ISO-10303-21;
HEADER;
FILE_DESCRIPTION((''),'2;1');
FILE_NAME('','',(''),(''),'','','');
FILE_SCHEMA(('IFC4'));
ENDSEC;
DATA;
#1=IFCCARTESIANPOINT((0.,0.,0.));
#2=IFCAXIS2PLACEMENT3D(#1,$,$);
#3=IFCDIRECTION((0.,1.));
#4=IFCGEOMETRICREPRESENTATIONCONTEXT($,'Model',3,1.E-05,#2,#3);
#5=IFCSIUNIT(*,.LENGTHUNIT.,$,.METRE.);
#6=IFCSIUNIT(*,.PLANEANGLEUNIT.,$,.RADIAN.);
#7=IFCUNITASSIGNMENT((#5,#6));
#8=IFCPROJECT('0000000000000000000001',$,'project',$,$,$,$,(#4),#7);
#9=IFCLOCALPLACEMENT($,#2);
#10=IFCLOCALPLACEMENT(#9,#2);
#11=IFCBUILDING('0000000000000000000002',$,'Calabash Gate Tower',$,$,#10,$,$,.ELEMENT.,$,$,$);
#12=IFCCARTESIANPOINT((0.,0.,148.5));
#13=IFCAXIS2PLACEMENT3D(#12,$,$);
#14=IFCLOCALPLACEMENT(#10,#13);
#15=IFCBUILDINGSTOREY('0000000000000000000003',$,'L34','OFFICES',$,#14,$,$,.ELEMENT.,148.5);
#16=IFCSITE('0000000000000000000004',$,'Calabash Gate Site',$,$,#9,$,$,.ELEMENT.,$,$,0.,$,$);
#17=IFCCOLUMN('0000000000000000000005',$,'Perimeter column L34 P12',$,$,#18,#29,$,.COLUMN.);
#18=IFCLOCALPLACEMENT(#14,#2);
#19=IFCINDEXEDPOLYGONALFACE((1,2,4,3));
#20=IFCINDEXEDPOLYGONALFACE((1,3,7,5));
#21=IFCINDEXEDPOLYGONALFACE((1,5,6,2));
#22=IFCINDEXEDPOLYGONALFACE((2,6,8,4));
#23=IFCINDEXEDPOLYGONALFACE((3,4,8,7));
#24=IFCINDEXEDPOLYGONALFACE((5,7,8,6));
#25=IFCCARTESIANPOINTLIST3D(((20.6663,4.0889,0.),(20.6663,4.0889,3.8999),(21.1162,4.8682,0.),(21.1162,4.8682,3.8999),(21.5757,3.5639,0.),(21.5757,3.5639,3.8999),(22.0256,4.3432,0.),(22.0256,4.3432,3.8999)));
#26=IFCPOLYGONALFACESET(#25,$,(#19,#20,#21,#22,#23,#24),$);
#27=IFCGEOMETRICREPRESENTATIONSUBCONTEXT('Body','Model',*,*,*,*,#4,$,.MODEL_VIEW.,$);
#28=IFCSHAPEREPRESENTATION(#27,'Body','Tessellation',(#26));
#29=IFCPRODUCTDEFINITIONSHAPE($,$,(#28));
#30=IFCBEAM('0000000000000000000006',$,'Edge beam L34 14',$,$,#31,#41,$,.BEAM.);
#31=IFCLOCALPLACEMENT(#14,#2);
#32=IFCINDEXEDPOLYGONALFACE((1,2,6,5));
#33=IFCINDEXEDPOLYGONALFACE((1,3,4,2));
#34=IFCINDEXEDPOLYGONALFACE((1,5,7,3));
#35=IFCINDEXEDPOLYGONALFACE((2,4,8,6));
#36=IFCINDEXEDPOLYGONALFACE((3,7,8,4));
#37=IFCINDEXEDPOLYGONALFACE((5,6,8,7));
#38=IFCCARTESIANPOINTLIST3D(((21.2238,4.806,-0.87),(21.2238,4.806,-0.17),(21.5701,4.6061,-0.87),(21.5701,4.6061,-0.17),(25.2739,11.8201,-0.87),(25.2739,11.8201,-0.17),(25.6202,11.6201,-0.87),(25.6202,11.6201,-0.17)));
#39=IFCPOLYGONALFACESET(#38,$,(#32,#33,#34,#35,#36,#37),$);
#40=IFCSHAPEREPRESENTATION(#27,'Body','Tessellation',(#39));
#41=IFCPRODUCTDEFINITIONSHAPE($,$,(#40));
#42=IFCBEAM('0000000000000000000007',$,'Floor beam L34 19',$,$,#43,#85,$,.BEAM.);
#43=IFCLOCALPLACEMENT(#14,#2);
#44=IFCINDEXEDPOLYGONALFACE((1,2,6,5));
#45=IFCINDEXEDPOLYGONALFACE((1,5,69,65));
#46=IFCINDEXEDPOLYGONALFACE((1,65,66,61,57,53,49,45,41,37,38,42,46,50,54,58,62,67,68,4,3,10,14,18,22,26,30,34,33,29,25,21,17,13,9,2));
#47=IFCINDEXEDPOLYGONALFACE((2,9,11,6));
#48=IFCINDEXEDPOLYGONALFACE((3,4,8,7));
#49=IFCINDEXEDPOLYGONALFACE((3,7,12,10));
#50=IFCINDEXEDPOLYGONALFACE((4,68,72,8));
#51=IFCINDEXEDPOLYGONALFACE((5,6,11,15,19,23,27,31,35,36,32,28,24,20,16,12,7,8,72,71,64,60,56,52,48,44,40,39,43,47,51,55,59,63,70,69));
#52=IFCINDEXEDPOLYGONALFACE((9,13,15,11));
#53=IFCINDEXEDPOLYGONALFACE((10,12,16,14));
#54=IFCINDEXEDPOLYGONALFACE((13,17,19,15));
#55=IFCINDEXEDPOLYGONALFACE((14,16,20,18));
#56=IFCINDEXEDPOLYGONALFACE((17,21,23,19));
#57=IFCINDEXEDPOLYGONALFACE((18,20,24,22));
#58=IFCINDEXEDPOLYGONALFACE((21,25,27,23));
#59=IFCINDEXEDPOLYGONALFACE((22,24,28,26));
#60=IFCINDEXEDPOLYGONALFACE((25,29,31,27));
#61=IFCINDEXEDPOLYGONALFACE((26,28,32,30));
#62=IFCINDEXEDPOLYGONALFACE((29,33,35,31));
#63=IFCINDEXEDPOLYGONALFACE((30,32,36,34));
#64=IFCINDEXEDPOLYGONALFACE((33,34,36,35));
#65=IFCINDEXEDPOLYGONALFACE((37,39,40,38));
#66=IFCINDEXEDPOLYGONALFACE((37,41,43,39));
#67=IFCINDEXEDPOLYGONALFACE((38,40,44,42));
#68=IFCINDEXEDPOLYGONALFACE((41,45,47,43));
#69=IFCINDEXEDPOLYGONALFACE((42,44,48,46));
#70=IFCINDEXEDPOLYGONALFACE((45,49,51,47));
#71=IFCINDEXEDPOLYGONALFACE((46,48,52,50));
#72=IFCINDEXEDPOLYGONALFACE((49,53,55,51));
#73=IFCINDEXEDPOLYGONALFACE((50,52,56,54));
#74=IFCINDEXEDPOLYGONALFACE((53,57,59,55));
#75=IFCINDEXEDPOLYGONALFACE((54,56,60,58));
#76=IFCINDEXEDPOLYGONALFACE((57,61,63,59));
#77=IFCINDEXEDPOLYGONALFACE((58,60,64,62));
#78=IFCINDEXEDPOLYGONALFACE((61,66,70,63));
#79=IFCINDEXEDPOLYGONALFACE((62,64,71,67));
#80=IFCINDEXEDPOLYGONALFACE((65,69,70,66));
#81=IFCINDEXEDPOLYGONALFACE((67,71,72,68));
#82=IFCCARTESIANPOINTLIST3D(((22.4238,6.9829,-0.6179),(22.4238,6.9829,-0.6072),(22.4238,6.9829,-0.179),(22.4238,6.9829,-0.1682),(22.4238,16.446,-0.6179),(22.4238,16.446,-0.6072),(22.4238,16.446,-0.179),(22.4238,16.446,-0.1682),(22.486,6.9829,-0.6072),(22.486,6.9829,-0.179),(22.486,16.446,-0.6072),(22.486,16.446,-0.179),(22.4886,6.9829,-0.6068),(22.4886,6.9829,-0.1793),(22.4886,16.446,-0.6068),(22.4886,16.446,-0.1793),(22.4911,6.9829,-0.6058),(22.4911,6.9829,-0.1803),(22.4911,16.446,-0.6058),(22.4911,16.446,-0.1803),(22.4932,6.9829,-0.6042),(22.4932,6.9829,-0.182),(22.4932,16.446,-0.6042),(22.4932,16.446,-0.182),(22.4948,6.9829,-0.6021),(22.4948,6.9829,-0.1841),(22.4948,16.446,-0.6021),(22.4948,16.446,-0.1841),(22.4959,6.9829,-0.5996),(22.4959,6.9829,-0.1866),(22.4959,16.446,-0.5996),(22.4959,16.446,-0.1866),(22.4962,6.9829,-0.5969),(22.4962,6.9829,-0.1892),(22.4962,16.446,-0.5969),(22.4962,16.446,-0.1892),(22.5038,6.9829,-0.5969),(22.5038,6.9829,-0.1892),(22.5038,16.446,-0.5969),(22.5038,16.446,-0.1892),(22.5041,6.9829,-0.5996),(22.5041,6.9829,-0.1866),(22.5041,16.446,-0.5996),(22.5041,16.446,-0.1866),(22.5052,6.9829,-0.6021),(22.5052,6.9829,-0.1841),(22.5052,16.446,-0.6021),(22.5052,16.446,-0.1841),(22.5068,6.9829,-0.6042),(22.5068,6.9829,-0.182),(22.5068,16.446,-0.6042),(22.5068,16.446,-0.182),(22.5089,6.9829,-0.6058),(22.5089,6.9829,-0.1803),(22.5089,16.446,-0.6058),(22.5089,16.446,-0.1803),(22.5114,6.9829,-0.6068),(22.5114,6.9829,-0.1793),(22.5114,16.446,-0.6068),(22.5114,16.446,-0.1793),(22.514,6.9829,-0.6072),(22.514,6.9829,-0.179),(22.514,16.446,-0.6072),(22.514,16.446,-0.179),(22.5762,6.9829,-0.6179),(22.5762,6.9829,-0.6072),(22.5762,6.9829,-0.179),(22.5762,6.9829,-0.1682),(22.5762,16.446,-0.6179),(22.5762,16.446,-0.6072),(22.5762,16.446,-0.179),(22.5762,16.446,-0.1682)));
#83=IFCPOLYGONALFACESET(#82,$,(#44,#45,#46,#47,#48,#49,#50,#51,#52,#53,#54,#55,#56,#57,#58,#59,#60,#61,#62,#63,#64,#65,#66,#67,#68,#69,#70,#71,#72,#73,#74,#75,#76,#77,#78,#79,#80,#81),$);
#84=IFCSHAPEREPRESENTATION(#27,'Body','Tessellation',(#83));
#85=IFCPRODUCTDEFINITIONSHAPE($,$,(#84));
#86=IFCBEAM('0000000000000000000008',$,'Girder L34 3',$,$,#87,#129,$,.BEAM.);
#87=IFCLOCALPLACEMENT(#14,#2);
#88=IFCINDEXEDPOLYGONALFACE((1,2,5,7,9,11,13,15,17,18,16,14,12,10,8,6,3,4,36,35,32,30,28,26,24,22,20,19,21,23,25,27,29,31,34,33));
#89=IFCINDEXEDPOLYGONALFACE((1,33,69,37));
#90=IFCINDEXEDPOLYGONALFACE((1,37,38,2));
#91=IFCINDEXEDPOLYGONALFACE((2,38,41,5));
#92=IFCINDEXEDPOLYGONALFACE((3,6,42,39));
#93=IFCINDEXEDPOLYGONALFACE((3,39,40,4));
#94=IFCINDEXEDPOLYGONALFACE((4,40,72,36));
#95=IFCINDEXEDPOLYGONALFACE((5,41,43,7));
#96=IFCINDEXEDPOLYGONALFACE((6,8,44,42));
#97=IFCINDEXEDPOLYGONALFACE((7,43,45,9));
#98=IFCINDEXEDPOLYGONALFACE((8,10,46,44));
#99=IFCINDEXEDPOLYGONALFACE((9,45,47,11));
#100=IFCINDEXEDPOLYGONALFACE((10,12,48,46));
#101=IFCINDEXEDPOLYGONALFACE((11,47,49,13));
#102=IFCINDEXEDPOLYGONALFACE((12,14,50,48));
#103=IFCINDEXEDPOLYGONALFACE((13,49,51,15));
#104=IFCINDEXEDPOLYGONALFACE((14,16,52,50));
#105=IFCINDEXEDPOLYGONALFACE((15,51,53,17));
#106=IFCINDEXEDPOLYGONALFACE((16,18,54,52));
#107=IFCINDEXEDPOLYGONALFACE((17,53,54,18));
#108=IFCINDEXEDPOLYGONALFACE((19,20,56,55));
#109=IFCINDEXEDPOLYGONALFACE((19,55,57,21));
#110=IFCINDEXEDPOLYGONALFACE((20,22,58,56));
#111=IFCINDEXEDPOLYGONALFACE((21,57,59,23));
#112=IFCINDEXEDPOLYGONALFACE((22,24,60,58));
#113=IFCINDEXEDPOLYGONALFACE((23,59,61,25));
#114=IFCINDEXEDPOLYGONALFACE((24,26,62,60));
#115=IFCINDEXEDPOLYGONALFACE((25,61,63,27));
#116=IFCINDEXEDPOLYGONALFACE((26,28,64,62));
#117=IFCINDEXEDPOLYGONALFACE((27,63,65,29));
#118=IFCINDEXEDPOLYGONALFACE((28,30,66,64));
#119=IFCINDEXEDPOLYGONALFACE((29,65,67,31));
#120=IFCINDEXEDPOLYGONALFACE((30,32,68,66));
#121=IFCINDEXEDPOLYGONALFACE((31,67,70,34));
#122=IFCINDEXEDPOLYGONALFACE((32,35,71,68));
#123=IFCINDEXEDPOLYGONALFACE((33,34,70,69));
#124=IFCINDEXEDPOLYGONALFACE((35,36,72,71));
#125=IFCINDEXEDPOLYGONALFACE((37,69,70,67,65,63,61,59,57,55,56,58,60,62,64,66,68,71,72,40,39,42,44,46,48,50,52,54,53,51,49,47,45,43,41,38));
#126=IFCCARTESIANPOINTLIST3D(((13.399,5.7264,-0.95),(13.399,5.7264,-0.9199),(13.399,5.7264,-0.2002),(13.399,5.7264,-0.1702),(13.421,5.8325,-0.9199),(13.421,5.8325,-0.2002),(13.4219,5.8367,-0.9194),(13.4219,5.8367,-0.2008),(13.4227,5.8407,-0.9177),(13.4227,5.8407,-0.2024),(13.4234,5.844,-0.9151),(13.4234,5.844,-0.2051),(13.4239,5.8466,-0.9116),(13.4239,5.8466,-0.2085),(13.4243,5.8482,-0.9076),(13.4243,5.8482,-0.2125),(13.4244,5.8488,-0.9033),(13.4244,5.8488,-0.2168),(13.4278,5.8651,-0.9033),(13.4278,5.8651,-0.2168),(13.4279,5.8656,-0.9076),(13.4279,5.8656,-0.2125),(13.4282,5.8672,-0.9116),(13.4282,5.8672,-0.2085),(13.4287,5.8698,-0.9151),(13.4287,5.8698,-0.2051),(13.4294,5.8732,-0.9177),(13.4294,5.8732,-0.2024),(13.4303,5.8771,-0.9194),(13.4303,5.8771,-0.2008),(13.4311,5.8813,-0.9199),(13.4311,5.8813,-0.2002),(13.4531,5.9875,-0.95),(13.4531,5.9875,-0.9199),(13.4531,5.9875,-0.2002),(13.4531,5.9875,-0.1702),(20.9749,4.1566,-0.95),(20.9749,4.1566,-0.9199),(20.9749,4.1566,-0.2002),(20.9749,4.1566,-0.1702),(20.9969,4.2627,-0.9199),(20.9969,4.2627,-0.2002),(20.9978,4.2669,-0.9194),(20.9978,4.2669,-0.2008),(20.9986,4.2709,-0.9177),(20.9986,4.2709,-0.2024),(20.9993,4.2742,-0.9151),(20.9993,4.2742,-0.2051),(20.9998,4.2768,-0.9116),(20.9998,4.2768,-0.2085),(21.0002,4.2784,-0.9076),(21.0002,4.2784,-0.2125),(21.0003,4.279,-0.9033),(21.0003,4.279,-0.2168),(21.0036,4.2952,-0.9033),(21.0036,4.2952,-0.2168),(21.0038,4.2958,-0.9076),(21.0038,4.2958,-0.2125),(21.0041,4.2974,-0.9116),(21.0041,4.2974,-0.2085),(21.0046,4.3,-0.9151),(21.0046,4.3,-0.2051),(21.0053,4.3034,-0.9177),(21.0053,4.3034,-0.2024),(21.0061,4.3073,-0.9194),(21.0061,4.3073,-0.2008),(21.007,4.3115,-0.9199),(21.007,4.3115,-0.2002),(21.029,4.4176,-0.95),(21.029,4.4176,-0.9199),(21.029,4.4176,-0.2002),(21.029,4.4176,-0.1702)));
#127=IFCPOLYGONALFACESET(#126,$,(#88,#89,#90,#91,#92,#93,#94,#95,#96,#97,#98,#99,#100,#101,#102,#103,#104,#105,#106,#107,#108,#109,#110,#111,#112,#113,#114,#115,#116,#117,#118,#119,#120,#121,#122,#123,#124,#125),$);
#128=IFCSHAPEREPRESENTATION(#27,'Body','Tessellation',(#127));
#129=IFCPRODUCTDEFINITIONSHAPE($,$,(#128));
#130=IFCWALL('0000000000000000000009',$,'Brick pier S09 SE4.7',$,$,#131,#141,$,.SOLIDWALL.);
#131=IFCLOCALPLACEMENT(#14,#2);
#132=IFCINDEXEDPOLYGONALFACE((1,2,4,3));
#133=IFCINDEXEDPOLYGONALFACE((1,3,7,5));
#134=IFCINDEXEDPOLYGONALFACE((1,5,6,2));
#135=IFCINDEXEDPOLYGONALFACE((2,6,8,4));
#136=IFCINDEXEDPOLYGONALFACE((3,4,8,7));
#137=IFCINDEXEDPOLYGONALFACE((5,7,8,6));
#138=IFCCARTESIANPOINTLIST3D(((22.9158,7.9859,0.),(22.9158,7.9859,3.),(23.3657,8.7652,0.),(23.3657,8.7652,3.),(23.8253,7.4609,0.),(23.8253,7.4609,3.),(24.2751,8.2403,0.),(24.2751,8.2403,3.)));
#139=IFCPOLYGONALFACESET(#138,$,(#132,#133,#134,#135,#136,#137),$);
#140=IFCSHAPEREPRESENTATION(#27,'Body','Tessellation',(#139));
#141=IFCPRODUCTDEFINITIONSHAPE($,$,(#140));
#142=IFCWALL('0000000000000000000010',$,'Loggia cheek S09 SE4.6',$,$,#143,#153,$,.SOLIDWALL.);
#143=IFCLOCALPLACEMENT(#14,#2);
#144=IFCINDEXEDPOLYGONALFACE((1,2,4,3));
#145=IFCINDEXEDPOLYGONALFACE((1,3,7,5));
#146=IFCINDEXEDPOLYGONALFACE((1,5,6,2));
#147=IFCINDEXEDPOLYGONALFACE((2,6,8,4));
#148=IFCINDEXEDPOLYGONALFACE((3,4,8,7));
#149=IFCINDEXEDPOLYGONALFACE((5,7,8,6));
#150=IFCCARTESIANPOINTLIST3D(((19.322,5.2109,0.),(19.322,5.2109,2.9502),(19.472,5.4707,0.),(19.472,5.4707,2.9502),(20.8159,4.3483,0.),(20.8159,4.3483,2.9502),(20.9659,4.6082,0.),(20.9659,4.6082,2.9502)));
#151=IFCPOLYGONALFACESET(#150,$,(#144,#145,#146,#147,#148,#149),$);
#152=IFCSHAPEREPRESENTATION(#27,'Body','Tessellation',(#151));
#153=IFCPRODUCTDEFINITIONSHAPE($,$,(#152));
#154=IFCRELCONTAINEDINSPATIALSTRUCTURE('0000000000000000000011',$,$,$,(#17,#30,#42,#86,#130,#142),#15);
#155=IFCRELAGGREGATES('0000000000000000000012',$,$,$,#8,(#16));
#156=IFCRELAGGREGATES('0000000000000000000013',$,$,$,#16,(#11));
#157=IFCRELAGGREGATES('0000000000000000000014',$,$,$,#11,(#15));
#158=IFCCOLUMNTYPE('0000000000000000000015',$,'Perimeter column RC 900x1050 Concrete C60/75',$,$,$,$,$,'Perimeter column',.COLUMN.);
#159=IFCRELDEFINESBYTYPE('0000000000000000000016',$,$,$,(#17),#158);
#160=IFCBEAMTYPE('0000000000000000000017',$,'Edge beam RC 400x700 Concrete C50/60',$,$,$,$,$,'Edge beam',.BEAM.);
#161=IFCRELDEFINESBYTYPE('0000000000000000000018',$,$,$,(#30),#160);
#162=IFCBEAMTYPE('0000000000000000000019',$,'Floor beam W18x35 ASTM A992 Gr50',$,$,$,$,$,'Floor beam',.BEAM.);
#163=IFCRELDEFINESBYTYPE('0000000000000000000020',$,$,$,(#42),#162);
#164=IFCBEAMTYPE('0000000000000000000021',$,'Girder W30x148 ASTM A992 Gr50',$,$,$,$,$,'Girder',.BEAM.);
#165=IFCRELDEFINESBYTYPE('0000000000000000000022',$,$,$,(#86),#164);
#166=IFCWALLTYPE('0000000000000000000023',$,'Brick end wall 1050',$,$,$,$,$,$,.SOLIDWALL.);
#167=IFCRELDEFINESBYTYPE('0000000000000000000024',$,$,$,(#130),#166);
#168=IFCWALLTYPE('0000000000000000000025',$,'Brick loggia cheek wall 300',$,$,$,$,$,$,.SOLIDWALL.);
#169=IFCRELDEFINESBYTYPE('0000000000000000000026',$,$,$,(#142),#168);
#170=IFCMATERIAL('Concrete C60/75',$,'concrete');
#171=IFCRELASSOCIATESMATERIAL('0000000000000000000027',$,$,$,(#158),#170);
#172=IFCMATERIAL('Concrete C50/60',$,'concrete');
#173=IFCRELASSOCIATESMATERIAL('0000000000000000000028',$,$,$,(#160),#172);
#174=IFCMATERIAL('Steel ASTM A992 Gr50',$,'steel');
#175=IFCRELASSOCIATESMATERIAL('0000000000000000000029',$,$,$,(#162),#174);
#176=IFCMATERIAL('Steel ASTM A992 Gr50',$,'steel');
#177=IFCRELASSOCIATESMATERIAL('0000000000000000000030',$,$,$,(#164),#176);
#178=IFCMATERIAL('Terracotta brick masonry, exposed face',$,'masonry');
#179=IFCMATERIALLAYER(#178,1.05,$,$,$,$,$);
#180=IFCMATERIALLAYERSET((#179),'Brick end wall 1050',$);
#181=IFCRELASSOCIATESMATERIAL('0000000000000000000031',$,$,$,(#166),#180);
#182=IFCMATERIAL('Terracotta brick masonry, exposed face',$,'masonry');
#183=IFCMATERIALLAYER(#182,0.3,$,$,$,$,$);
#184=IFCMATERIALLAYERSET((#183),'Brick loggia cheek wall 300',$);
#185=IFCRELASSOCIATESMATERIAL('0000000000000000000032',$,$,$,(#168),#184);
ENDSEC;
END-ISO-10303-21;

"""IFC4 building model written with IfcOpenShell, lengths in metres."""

from ifc_helpers import new_model, si_unit, direction, frame, frame_2d, origin, origin_2d, place, context, subcontext, project, spatial, rectangle, i_section, extrude, material, layer, layer_set, material_profile, profile_set, type_object, element, save


model = new_model("IFC4")

# Units and contexts
model_context = context("Model", 3, precision=1e-05, world=origin(), true_north=direction((0.0, 1.0)))
body_context = subcontext(model_context, "Body", "Model", "MODEL_VIEW")
ifc_project = project(units=[si_unit("LENGTHUNIT", "METRE"), si_unit("PLANEANGLEUNIT", "RADIAN")], contexts=[model_context])

# Site, building, storey
site_placement = place(None, origin())
site = spatial("IfcSite", under=ifc_project, at=site_placement, Name="Calabash Gate Site", CompositionType="ELEMENT", RefElevation=0.0)
building_placement = place(site_placement, origin())
building = spatial("IfcBuilding", under=site, at=building_placement, Name="Calabash Gate Tower", CompositionType="ELEMENT")
storey_placement = place(building_placement, frame((0.0, 0.0, 148.5)))
storey = spatial("IfcBuildingStorey", under=building, at=storey_placement, Name="L34", Description="OFFICES", CompositionType="ELEMENT", Elevation=148.5)

# Column
ifc_material_1 = material(Name="Concrete C60/75", Category="concrete")
ifc_material_profile_1 = material_profile(ifc_material_1, rectangle(XDim=0.8999, YDim=1.05, at=origin_2d()))
ifc_profile_set_1 = profile_set([ifc_material_profile_1], Name="Concrete C60/75")
column_type = type_object("IfcColumnType", Name="Perimeter column RC 900x1050 Concrete C60/75", ElementType="Perimeter column", PredefinedType="COLUMN", material=ifc_profile_set_1)
column_placement = place(storey_placement, frame((21.3459, 4.2161, 0.0), z_axis=(0.0, 0.0, 1.0), x_axis=(0.5, 0.866025, 0.0)))
element("IfcColumn", 1, at=column_placement, inside=storey, type_object=column_type, Name="Perimeter column L34 P12", PredefinedType="COLUMN", context=body_context, shape_type="SweptSolid", body=[
    extrude(rectangle(XDim=0.8999, YDim=1.05, at=origin_2d()), origin(), (0.0, 0.0, 1.0), 3.8999),
])

# Beams
ifc_material_2 = material(Name="Concrete C50/60", Category="concrete")
ifc_material_profile_2 = material_profile(ifc_material_2, rectangle(XDim=0.3999, YDim=0.7, at=origin_2d()))
ifc_profile_set_2 = profile_set([ifc_material_profile_2], Name="Concrete C50/60")
beam_type_1 = type_object("IfcBeamType", Name="Edge beam RC 400x700 Concrete C50/60", ElementType="Edge beam", PredefinedType="BEAM", material=ifc_profile_set_2)
beam_1_placement = place(storey_placement, frame((21.397, 4.7061, -0.52), z_axis=(0.500052, 0.865995, 0.0), x_axis=(-0.865995, 0.500052, 0.0)))
element("IfcBeam", 2, at=beam_1_placement, inside=storey, type_object=beam_type_1, Name="Edge beam L34 14", PredefinedType="BEAM", context=body_context, shape_type="SweptSolid", body=[
    extrude(rectangle(XDim=0.3999, YDim=0.7, at=origin_2d()), origin(), (0.0, 0.0, 1.0), 8.0994),
])
ifc_material_3 = material(Name="Steel ASTM A992 Gr50", Category="steel")
ifc_material_profile_3 = material_profile(ifc_material_3, i_section(OverallWidth=0.1523, OverallDepth=0.4497, WebThickness=0.0076, FlangeThickness=0.0107, FilletRadius=0.0103, at=origin_2d()))
ifc_profile_set_3 = profile_set([ifc_material_profile_3], Name="Steel ASTM A992 Gr50")
beam_type_2 = type_object("IfcBeamType", Name="Floor beam W18x35 ASTM A992 Gr50", ElementType="Floor beam", PredefinedType="BEAM", material=ifc_profile_set_3)
beam_2_placement = place(storey_placement, frame((22.5, 6.9829, -0.3931), z_axis=(0.0, 1.0, 0.0), x_axis=(-1.0, 0.0, 0.0)))
element("IfcBeam", 3, at=beam_2_placement, inside=storey, type_object=beam_type_2, Name="Floor beam L34 19", PredefinedType="BEAM", context=body_context, shape_type="SweptSolid", body=[
    extrude(i_section(OverallWidth=0.1523, OverallDepth=0.4497, WebThickness=0.0076, FlangeThickness=0.0107, FilletRadius=0.0103, at=origin_2d()), origin(), (0.0, 0.0, 1.0), 9.4631),
])
ifc_material_4 = material(Name="Steel ASTM A992 Gr50", Category="steel")
ifc_material_profile_4 = material_profile(ifc_material_4, i_section(OverallWidth=0.2666, OverallDepth=0.7798, WebThickness=0.0166, FlangeThickness=0.03, FilletRadius=0.0166, at=origin_2d()))
ifc_profile_set_4 = profile_set([ifc_material_profile_4], Name="Steel ASTM A992 Gr50")
beam_type_3 = type_object("IfcBeamType", Name="Girder W30x148 ASTM A992 Gr50", ElementType="Girder", PredefinedType="BEAM", material=ifc_profile_set_4)
beam_3_placement = place(storey_placement, frame((21.002, 4.2871, -0.5601), z_axis=(-0.979199, 0.202902, 0.0), x_axis=(-0.202902, -0.979199, 0.0)))
element("IfcBeam", 4, at=beam_3_placement, inside=storey, type_object=beam_type_3, Name="Girder L34 3", PredefinedType="BEAM", context=body_context, shape_type="SweptSolid", body=[
    extrude(i_section(OverallWidth=0.2666, OverallDepth=0.7798, WebThickness=0.0166, FlangeThickness=0.03, FilletRadius=0.0166, at=origin_2d()), origin(), (0.0, 0.0, 1.0), 7.7368),
])

# Walls
ifc_material_5 = material(Name="Terracotta brick masonry, exposed face", Category="masonry")
ifc_layer_1 = layer(ifc_material_5, 1.05)
ifc_layer_set_1 = layer_set([ifc_layer_1], Name="Brick end wall 1050")
wall_type_1 = type_object("IfcWallType", Name="Brick end wall 1050", PredefinedType="SOLIDWALL", material=ifc_layer_set_1)
wall_1_placement = place(storey_placement, frame((23.1409, 8.3755, 0.0), z_axis=(0.0, 0.0, 1.0), x_axis=(0.866089, -0.49989, 0.0)))
element("IfcWall", 5, at=wall_1_placement, inside=storey, type_object=wall_type_1, Name="Brick pier S09 SE4.7", PredefinedType="SOLIDWALL", context=body_context, shape_type="SweptSolid", body=[
    extrude(rectangle(XDim=1.05, YDim=0.8999, at=frame_2d((0.5249, 0.0))), origin(), (0.0, 0.0, 1.0), 3.0),
])
ifc_material_6 = material(Name="Terracotta brick masonry, exposed face", Category="masonry")
ifc_layer_2 = layer(ifc_material_6, 0.3)
ifc_layer_set_2 = layer_set([ifc_layer_2], Name="Brick loggia cheek wall 300")
wall_type_2 = type_object("IfcWallType", Name="Brick loggia cheek wall 300", PredefinedType="SOLIDWALL", material=ifc_layer_set_2)
wall_2_placement = place(storey_placement, frame((19.397, 5.3408, 0.0), z_axis=(0.0, 0.0, 1.0), x_axis=(0.866014, -0.500021, 0.0)))
element("IfcWall", 6, at=wall_2_placement, inside=storey, type_object=wall_type_2, Name="Loggia cheek S09 SE4.6", PredefinedType="SOLIDWALL", context=body_context, shape_type="SweptSolid", body=[
    extrude(rectangle(XDim=1.7251, YDim=0.3, at=frame_2d((0.8625, 0.0))), origin(), (0.0, 0.0, 1.0), 2.9502),
])

save(model, "model.ifc")
